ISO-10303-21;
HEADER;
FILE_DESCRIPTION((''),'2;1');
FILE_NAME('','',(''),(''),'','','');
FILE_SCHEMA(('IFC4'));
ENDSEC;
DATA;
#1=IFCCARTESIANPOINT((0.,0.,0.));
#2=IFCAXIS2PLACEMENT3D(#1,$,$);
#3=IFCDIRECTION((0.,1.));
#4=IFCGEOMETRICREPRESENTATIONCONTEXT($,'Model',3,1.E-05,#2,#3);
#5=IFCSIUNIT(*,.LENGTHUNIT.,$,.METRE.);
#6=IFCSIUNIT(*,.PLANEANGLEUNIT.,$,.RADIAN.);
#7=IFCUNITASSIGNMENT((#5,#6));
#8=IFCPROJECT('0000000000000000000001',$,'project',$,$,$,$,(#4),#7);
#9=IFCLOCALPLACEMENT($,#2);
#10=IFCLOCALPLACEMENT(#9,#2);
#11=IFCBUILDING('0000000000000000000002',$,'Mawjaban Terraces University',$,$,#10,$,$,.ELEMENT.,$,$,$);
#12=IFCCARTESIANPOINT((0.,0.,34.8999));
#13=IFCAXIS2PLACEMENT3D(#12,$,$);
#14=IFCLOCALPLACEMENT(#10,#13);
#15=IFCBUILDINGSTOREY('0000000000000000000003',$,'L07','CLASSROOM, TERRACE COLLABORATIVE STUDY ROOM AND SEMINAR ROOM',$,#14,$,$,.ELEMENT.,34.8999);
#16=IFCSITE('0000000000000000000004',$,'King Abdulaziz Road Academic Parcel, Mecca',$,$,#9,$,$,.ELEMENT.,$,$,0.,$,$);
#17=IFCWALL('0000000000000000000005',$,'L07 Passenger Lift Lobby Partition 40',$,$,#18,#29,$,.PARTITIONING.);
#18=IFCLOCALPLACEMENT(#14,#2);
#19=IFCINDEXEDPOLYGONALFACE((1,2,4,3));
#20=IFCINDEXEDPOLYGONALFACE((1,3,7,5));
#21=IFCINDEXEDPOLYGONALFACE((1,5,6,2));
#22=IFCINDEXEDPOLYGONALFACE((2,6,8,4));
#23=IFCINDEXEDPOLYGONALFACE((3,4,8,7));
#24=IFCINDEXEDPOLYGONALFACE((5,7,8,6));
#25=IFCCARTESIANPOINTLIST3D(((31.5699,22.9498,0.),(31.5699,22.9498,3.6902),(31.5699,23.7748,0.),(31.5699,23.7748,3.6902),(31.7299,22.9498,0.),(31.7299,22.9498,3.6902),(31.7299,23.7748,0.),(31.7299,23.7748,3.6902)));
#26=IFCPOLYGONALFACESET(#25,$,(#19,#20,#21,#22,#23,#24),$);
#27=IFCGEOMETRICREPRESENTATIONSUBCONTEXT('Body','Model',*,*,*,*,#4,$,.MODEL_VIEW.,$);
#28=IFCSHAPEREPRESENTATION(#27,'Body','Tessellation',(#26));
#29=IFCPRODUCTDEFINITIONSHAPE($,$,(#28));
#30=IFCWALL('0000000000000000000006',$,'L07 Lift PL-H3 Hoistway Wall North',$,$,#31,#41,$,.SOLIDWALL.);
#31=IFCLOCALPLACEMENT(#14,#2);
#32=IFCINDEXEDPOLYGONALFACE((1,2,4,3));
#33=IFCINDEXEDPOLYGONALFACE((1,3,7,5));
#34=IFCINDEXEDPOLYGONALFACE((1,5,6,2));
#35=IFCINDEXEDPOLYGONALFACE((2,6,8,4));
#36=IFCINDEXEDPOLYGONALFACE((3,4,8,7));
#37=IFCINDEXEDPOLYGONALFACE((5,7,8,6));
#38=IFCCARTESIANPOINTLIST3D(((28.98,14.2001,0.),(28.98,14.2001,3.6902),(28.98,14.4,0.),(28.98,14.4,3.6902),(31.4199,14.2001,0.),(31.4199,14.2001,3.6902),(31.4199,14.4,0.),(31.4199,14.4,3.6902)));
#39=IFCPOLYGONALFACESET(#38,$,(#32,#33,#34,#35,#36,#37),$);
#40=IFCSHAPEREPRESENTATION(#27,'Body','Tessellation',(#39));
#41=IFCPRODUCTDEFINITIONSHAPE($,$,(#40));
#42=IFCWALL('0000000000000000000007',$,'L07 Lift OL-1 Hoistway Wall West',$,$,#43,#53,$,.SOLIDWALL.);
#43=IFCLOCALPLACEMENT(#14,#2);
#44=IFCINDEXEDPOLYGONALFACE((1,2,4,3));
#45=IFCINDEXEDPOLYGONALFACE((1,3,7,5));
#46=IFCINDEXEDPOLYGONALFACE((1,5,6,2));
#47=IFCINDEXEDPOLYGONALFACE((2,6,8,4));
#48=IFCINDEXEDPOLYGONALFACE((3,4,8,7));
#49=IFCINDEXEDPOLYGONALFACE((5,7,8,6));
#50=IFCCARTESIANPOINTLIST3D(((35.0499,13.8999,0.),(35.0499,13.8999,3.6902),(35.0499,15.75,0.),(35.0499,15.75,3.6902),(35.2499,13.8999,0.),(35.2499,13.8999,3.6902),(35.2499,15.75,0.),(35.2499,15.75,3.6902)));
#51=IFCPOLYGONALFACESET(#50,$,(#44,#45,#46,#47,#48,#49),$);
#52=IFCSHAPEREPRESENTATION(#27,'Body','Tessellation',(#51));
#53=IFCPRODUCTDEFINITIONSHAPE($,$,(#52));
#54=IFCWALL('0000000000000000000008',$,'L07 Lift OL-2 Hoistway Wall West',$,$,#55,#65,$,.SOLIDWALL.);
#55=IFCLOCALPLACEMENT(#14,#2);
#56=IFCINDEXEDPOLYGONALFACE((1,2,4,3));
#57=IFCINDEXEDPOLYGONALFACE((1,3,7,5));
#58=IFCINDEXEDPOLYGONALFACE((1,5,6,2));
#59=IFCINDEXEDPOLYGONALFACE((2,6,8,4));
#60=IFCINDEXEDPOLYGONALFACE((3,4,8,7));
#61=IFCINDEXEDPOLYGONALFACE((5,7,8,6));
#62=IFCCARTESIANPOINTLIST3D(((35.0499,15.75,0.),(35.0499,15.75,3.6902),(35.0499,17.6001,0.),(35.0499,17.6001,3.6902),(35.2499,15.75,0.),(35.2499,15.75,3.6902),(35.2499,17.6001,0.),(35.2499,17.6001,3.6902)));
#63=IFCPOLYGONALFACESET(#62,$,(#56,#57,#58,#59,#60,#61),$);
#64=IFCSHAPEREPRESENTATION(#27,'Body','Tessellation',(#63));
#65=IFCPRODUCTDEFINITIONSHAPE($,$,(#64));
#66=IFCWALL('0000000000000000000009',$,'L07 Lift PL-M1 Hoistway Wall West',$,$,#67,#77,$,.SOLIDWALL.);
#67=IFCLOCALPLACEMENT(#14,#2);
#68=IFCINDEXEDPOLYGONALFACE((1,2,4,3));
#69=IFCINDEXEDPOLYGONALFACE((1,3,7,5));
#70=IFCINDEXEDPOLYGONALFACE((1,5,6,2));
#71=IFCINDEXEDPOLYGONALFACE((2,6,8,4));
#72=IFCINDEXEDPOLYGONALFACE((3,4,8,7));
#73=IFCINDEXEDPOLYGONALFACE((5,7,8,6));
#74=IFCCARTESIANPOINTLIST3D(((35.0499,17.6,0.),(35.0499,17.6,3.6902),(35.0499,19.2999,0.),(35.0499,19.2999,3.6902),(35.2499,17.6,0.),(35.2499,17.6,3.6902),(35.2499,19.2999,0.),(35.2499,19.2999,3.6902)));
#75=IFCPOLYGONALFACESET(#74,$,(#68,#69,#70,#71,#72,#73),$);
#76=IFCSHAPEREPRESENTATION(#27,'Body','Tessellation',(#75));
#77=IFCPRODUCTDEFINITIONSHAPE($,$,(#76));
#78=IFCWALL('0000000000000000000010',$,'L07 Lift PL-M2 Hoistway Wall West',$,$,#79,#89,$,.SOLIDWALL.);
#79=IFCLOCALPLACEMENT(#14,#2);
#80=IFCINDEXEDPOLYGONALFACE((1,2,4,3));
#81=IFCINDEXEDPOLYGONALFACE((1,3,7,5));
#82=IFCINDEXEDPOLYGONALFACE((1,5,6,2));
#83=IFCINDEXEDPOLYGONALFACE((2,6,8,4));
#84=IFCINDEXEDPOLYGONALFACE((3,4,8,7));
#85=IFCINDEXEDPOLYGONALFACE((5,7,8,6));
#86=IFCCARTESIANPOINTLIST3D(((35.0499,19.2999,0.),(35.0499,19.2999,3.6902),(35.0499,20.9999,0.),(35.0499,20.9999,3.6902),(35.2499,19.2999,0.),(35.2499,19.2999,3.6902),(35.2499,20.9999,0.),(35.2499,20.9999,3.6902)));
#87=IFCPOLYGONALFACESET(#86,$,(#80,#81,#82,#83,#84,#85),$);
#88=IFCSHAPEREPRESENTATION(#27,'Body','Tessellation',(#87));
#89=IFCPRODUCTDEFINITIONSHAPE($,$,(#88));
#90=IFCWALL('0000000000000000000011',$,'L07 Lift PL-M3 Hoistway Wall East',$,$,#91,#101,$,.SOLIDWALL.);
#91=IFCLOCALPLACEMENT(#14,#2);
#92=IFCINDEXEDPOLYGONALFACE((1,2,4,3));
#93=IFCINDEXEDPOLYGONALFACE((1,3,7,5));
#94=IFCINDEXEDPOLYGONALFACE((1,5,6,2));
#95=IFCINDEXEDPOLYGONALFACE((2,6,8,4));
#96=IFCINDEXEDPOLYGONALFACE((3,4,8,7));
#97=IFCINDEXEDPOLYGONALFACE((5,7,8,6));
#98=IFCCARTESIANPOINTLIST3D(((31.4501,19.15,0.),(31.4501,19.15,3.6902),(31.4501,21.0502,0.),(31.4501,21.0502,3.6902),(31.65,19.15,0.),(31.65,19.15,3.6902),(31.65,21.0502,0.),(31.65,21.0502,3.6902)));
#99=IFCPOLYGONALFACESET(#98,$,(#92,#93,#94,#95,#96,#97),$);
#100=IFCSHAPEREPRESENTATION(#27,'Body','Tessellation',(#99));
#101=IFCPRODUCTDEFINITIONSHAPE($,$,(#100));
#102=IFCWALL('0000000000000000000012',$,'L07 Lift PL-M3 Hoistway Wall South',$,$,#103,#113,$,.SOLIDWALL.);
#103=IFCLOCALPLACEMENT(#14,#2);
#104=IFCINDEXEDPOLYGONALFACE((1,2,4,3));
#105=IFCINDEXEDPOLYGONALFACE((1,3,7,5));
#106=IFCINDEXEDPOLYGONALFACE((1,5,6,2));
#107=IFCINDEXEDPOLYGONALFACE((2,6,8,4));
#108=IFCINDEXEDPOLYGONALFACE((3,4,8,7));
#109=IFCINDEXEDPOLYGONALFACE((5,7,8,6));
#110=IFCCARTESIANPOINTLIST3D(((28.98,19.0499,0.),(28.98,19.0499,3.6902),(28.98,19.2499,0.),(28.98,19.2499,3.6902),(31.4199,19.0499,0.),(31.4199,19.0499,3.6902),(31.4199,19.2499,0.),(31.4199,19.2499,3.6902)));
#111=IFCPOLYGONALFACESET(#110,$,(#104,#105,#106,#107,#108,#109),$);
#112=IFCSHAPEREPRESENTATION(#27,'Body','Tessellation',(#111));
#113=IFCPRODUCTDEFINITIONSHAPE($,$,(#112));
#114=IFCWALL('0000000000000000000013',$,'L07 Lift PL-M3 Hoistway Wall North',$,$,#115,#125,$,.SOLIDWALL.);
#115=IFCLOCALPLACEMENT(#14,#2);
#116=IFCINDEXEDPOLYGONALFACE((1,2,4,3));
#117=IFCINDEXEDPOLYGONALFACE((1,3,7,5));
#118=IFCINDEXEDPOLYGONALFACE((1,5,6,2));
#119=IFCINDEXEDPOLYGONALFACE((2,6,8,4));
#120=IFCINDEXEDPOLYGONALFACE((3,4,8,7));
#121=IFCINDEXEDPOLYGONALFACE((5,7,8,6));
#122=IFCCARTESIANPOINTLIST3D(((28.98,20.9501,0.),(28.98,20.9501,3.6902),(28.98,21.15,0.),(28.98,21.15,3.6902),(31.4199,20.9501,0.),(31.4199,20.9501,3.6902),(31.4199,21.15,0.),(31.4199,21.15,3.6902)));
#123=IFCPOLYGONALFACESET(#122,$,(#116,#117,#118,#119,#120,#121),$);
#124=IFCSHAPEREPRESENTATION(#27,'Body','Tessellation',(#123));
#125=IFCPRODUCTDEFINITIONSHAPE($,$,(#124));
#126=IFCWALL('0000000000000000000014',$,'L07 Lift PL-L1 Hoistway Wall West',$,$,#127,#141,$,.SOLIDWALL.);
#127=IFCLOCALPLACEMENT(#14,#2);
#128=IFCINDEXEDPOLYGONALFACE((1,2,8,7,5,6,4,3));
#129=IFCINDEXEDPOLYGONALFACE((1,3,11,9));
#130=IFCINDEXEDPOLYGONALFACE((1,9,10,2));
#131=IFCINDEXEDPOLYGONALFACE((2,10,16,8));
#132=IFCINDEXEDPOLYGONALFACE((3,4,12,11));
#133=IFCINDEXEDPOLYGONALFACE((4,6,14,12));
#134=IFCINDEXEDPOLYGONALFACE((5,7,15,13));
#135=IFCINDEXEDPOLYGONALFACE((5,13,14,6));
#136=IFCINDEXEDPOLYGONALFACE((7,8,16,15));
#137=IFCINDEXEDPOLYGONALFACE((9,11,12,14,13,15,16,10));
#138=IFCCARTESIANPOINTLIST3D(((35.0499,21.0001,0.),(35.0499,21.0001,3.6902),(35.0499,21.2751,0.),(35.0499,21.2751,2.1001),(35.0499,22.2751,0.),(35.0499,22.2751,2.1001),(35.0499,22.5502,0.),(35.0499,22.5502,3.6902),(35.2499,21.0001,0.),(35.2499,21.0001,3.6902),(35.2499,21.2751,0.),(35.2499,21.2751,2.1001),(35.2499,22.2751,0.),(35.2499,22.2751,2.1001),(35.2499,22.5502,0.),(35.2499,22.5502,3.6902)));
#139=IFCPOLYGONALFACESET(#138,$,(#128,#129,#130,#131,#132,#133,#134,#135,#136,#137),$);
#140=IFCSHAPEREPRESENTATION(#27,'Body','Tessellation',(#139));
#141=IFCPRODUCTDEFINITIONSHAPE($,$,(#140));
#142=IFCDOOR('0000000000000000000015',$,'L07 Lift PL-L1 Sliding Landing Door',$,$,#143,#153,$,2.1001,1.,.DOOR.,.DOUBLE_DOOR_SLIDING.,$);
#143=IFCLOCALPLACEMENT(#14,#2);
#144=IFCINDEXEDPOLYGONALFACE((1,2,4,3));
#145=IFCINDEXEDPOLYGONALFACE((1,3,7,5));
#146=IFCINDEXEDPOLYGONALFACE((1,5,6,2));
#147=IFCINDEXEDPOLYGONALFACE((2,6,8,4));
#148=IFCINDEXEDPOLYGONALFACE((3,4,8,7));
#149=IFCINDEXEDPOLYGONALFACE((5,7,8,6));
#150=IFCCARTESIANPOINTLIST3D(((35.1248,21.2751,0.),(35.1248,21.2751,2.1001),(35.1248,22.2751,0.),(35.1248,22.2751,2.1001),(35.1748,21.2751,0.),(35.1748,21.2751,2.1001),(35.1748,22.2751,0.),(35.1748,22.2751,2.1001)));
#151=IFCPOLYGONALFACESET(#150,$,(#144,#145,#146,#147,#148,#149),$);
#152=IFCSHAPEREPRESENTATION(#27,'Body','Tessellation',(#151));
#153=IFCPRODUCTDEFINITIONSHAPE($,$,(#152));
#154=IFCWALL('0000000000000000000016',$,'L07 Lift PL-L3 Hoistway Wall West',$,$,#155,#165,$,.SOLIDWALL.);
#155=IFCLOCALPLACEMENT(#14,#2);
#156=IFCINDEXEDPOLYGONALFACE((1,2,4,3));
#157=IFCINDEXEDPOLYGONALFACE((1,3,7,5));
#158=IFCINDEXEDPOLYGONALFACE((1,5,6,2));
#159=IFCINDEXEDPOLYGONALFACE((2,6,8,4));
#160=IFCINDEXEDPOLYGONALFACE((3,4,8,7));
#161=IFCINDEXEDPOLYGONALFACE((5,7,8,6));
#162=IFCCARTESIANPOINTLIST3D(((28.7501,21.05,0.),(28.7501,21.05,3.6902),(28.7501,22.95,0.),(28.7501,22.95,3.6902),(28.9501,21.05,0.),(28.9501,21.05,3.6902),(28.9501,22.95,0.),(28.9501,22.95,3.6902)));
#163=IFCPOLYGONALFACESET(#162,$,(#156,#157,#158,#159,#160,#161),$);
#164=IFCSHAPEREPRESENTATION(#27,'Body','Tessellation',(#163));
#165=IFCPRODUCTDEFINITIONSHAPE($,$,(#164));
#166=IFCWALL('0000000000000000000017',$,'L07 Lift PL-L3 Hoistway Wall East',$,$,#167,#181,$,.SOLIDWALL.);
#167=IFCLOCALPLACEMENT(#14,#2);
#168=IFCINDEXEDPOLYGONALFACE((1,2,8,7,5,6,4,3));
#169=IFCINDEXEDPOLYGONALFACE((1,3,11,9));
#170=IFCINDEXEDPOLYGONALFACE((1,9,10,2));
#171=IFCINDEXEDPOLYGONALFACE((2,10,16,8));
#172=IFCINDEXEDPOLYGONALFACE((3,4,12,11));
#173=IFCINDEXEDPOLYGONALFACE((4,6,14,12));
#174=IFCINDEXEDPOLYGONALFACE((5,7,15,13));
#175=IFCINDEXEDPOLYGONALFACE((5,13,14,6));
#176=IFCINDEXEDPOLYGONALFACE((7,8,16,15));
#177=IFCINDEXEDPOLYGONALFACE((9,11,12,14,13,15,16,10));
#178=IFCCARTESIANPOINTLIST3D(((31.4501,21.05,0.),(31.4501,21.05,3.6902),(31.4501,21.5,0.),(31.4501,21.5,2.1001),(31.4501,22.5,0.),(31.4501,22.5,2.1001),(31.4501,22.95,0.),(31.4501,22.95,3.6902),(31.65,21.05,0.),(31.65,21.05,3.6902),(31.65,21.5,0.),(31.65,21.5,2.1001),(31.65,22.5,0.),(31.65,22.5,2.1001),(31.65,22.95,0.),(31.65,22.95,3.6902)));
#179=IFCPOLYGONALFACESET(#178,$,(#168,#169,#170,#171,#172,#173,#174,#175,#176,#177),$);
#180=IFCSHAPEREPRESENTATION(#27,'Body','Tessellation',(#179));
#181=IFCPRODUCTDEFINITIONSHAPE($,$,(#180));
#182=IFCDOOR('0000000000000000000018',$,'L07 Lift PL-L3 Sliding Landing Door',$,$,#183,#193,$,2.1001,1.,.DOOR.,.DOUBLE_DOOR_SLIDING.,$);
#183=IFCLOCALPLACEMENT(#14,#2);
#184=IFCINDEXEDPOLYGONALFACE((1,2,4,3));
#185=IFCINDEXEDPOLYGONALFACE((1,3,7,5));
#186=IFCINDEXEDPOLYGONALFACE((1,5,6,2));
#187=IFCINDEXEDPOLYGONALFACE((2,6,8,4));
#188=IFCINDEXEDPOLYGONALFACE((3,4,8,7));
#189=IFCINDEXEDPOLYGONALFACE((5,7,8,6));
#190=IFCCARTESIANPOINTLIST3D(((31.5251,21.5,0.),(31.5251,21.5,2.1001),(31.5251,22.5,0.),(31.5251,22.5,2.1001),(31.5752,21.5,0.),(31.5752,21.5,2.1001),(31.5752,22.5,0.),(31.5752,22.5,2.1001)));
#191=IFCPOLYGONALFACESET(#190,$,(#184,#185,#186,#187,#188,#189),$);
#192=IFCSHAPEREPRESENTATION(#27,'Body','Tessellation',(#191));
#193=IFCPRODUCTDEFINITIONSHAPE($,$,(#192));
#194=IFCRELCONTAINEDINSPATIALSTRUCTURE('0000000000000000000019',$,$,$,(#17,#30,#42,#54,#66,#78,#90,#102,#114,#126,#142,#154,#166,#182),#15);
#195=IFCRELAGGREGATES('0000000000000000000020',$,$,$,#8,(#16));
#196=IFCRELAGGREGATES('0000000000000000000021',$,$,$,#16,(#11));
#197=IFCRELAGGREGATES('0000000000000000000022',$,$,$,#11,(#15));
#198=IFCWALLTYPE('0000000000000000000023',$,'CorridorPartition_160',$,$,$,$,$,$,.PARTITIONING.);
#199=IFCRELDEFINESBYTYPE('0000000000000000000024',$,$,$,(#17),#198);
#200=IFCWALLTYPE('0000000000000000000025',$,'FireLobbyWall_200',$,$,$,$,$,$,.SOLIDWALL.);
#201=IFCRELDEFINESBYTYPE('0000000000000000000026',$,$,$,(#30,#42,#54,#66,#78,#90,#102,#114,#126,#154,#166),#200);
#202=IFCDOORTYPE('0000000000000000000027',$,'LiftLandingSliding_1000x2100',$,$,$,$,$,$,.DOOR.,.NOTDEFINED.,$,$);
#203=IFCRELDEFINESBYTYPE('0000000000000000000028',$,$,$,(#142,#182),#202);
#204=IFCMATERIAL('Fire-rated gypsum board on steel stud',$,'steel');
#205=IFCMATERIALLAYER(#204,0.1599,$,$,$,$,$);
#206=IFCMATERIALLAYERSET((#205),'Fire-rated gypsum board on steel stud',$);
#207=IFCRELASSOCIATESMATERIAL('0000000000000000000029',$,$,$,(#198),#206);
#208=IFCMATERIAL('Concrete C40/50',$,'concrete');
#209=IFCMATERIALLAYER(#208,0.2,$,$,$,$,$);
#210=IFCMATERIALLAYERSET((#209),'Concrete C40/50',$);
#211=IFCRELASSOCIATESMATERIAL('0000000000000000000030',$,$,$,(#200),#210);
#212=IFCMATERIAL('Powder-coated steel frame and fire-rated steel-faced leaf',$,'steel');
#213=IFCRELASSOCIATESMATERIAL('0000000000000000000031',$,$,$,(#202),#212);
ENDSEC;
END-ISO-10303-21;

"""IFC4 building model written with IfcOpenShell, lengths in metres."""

from ifc_helpers import new_model, si_unit, direction, frame, frame_2d, origin, place, context, subcontext, project, spatial, rectangle, extrude, material, layer, layer_set, type_object, element, fill, save


model = new_model("IFC4")

# Units and contexts
model_context = context("Model", 3, precision=1e-05, world=origin(), true_north=direction((0.0, 1.0)))
body_context = subcontext(model_context, "Body", "Model", "MODEL_VIEW")
ifc_project = project(units=[si_unit("LENGTHUNIT", "METRE"), si_unit("PLANEANGLEUNIT", "RADIAN")], contexts=[model_context])

# Site, building, storey
site_placement = place(None, origin())
site = spatial("IfcSite", under=ifc_project, at=site_placement, Name="King Abdulaziz Road Academic Parcel, Mecca", CompositionType="ELEMENT", RefElevation=0.0)
building_placement = place(site_placement, origin())
building = spatial("IfcBuilding", under=site, at=building_placement, Name="Mawjaban Terraces University", CompositionType="ELEMENT")
storey_placement = place(building_placement, frame((0.0, 0.0, 34.8999)))
storey = spatial("IfcBuildingStorey", under=building, at=storey_placement, Name="L07", Description="CLASSROOM, TERRACE COLLABORATIVE STUDY ROOM AND SEMINAR ROOM", CompositionType="ELEMENT", Elevation=34.8999)

# Walls
ifc_material_1 = material(Name="Fire-rated gypsum board on steel stud", Category="steel")
ifc_layer_1 = layer(ifc_material_1, 0.1599)
ifc_layer_set_1 = layer_set([ifc_layer_1], Name="Fire-rated gypsum board on steel stud")
wall_type_1 = type_object("IfcWallType", Name="CorridorPartition_160", PredefinedType="PARTITIONING", material=ifc_layer_set_1)
wall_1_placement = place(storey_placement, frame((31.6499, 23.7749, 0.0), z_axis=(0.0, 0.0, 1.0), x_axis=(0.0, -1.0, 0.0)))
element("IfcWall", 1, at=wall_1_placement, inside=storey, type_object=wall_type_1, Name="L07 Passenger Lift Lobby Partition 40", PredefinedType="PARTITIONING", context=body_context, shape_type="SweptSolid", body=[
    extrude(rectangle(XDim=0.825, YDim=0.1599, at=frame_2d((0.4126, 0.0))), origin(), (0.0, 0.0, 1.0), 3.6902),
])
ifc_material_2 = material(Name="Concrete C40/50", Category="concrete")
ifc_layer_2 = layer(ifc_material_2, 0.2)
ifc_layer_set_2 = layer_set([ifc_layer_2], Name="Concrete C40/50")
wall_type_2 = type_object("IfcWallType", Name="FireLobbyWall_200", PredefinedType="SOLIDWALL", material=ifc_layer_set_2)
wall_2_placement = place(storey_placement, frame((31.4199, 14.3, 0.0), z_axis=(0.0, 0.0, 1.0), x_axis=(-1.0, 0.0, 0.0)))
element("IfcWall", 2, at=wall_2_placement, inside=storey, type_object=wall_type_2, Name="L07 Lift PL-H3 Hoistway Wall North", PredefinedType="SOLIDWALL", context=body_context, shape_type="SweptSolid", body=[
    extrude(rectangle(XDim=2.4399, YDim=0.2, at=frame_2d((1.22, 0.0))), origin(), (0.0, 0.0, 1.0), 3.6902),
])
for number, where, z_axis, x_axis, name in (
    (3, (35.1499, 15.75, 0.0), (0.0, 0.0, 1.0), (0.0, -1.0, 0.0), "L07 Lift OL-1 Hoistway Wall West"),
    (4, (35.1499, 17.6001, 0.0), (0.0, 0.0, 1.0), (0.0, -1.0, 0.0), "L07 Lift OL-2 Hoistway Wall West"),
):
    element("IfcWall", number, at=place(storey_placement, frame(where, z_axis=z_axis, x_axis=x_axis)), inside=storey, type_object=wall_type_2, Name=name, PredefinedType="SOLIDWALL", context=body_context, shape_type="SweptSolid", body=[
        extrude(rectangle(XDim=1.8501, YDim=0.2, at=frame_2d((0.925, 0.0))), origin(), (0.0, 0.0, 1.0), 3.6902),
    ])
for number, where, z_axis, x_axis, name in (
    (5, (35.1499, 19.3, 0.0), (0.0, 0.0, 1.0), (0.0, -1.0, 0.0), "L07 Lift PL-M1 Hoistway Wall West"),
    (6, (35.1499, 21.0, 0.0), (0.0, 0.0, 1.0), (0.0, -1.0, 0.0), "L07 Lift PL-M2 Hoistway Wall West"),
):
    element("IfcWall", number, at=place(storey_placement, frame(where, z_axis=z_axis, x_axis=x_axis)), inside=storey, type_object=wall_type_2, Name=name, PredefinedType="SOLIDWALL", context=body_context, shape_type="SweptSolid", body=[
        extrude(rectangle(XDim=1.7, YDim=0.2, at=frame_2d((0.8501, 0.0))), origin(), (0.0, 0.0, 1.0), 3.6902),
    ])
wall_3_placement = place(storey_placement, frame((31.55, 19.1499, 0.0), z_axis=(0.0, 0.0, 1.0), x_axis=(0.0, 1.0, 0.0)))
element("IfcWall", 7, at=wall_3_placement, inside=storey, type_object=wall_type_2, Name="L07 Lift PL-M3 Hoistway Wall East", PredefinedType="SOLIDWALL", context=body_context, shape_type="SweptSolid", body=[
    extrude(rectangle(XDim=1.9001, YDim=0.2, at=frame_2d((0.9502, 0.0))), origin(), (0.0, 0.0, 1.0), 3.6902),
])
for number, where, z_axis, x_axis, name in (
    (8, (28.98, 19.1499, 0.0), (0.0, 0.0, 1.0), (1.0, 0.0, 0.0), "L07 Lift PL-M3 Hoistway Wall South"),
    (9, (31.4199, 21.05, 0.0), (0.0, 0.0, 1.0), (-1.0, 0.0, 0.0), "L07 Lift PL-M3 Hoistway Wall North"),
):
    element("IfcWall", number, at=place(storey_placement, frame(where, z_axis=z_axis, x_axis=x_axis)), inside=storey, type_object=wall_type_2, Name=name, PredefinedType="SOLIDWALL", context=body_context, shape_type="SweptSolid", body=[
        extrude(rectangle(XDim=2.4399, YDim=0.2, at=frame_2d((1.22, 0.0))), origin(), (0.0, 0.0, 1.0), 3.6902),
    ])

# Wall, opening, door
wall_4_placement = place(storey_placement, frame((35.1499, 22.55, 0.0), z_axis=(0.0, 0.0, 1.0), x_axis=(0.0, -1.0, 0.0)))
wall_4 = element("IfcWall", 10, at=wall_4_placement, inside=storey, type_object=wall_type_2, Name="L07 Lift PL-L1 Hoistway Wall West", PredefinedType="SOLIDWALL", context=body_context, shape_type="SweptSolid", body=[
    extrude(rectangle(XDim=1.55, YDim=0.2, at=frame_2d((0.7749, 0.0))), origin(), (0.0, 0.0, 1.0), 3.6902),
])
opening_1_placement = place(wall_4_placement, frame((0.2749, 0.0, 0.0)))
opening_1 = element("IfcOpeningElement", 11, at=opening_1_placement, cuts=wall_4, PredefinedType="OPENING", context=body_context, shape_type="SweptSolid", body=[
    extrude(rectangle(XDim=1.0, YDim=2.1001, at=frame_2d((0.5, 1.05))), frame((0.0, 0.1099, 0.0), z_axis=(0.0, -1.0, 0.0), x_axis=(1.0, 0.0, 0.0)), (0.0, 0.0, 1.0), 0.22),
])
ifc_material_3 = material(Name="Powder-coated steel frame and fire-rated steel-faced leaf", Category="steel")
door_type_1 = type_object("IfcDoorType", Name="LiftLandingSliding_1000x2100", OperationType="NOTDEFINED", PredefinedType="DOOR", material=ifc_material_3)
door_1_placement = place(opening_1_placement, origin())
door_1 = element("IfcDoor", 12, at=door_1_placement, inside=storey, type_object=door_type_1, Name="L07 Lift PL-L1 Sliding Landing Door", OperationType="DOUBLE_DOOR_SLIDING", OverallHeight=2.1001, OverallWidth=1.0, PredefinedType="DOOR", context=body_context, shape_type="SweptSolid", body=[
    extrude(rectangle(XDim=1.0, YDim=2.1001, at=frame_2d((0.5, 1.05))), frame((0.0, 0.0249, 0.0), z_axis=(0.0, -1.0, 0.0), x_axis=(1.0, 0.0, 0.0)), (0.0, 0.0, 1.0), 0.05),
])
fill(opening_1, door_1)

# Wall
wall_5_placement = place(storey_placement, frame((28.8501, 22.95, 0.0), z_axis=(0.0, 0.0, 1.0), x_axis=(0.0, -1.0, 0.0)))
element("IfcWall", 13, at=wall_5_placement, inside=storey, type_object=wall_type_2, Name="L07 Lift PL-L3 Hoistway Wall West", PredefinedType="SOLIDWALL", context=body_context, shape_type="SweptSolid", body=[
    extrude(rectangle(XDim=1.8999, YDim=0.2, at=frame_2d((0.95, 0.0))), origin(), (0.0, 0.0, 1.0), 3.6902),
])

# Wall, opening, door
wall_6_placement = place(storey_placement, frame((31.55, 21.05, 0.0), z_axis=(0.0, 0.0, 1.0), x_axis=(0.0, 1.0, 0.0)))
wall_6 = element("IfcWall", 14, at=wall_6_placement, inside=storey, type_object=wall_type_2, Name="L07 Lift PL-L3 Hoistway Wall East", PredefinedType="SOLIDWALL", context=body_context, shape_type="SweptSolid", body=[
    extrude(rectangle(XDim=1.8999, YDim=0.2, at=frame_2d((0.95, 0.0))), origin(), (0.0, 0.0, 1.0), 3.6902),
])
opening_2_placement = place(wall_6_placement, frame((0.45, 0.0, 0.0)))
opening_2 = element("IfcOpeningElement", 15, at=opening_2_placement, cuts=wall_6, PredefinedType="OPENING", context=body_context, shape_type="SweptSolid", body=[
    extrude(rectangle(XDim=1.0, YDim=2.1001, at=frame_2d((0.5, 1.05))), frame((0.0, 0.1099, 0.0), z_axis=(0.0, -1.0, 0.0), x_axis=(1.0, 0.0, 0.0)), (0.0, 0.0, 1.0), 0.22),
])
door_2_placement = place(opening_2_placement, origin())
door_2 = element("IfcDoor", 16, at=door_2_placement, inside=storey, type_object=door_type_1, Name="L07 Lift PL-L3 Sliding Landing Door", OperationType="DOUBLE_DOOR_SLIDING", OverallHeight=2.1001, OverallWidth=1.0, PredefinedType="DOOR", context=body_context, shape_type="SweptSolid", body=[
    extrude(rectangle(XDim=1.0, YDim=2.1001, at=frame_2d((0.5, 1.05))), frame((0.0, 0.0249, 0.0), z_axis=(0.0, -1.0, 0.0), x_axis=(1.0, 0.0, 0.0)), (0.0, 0.0, 1.0), 0.05),
])
fill(opening_2, door_2)

save(model, "model.ifc")
